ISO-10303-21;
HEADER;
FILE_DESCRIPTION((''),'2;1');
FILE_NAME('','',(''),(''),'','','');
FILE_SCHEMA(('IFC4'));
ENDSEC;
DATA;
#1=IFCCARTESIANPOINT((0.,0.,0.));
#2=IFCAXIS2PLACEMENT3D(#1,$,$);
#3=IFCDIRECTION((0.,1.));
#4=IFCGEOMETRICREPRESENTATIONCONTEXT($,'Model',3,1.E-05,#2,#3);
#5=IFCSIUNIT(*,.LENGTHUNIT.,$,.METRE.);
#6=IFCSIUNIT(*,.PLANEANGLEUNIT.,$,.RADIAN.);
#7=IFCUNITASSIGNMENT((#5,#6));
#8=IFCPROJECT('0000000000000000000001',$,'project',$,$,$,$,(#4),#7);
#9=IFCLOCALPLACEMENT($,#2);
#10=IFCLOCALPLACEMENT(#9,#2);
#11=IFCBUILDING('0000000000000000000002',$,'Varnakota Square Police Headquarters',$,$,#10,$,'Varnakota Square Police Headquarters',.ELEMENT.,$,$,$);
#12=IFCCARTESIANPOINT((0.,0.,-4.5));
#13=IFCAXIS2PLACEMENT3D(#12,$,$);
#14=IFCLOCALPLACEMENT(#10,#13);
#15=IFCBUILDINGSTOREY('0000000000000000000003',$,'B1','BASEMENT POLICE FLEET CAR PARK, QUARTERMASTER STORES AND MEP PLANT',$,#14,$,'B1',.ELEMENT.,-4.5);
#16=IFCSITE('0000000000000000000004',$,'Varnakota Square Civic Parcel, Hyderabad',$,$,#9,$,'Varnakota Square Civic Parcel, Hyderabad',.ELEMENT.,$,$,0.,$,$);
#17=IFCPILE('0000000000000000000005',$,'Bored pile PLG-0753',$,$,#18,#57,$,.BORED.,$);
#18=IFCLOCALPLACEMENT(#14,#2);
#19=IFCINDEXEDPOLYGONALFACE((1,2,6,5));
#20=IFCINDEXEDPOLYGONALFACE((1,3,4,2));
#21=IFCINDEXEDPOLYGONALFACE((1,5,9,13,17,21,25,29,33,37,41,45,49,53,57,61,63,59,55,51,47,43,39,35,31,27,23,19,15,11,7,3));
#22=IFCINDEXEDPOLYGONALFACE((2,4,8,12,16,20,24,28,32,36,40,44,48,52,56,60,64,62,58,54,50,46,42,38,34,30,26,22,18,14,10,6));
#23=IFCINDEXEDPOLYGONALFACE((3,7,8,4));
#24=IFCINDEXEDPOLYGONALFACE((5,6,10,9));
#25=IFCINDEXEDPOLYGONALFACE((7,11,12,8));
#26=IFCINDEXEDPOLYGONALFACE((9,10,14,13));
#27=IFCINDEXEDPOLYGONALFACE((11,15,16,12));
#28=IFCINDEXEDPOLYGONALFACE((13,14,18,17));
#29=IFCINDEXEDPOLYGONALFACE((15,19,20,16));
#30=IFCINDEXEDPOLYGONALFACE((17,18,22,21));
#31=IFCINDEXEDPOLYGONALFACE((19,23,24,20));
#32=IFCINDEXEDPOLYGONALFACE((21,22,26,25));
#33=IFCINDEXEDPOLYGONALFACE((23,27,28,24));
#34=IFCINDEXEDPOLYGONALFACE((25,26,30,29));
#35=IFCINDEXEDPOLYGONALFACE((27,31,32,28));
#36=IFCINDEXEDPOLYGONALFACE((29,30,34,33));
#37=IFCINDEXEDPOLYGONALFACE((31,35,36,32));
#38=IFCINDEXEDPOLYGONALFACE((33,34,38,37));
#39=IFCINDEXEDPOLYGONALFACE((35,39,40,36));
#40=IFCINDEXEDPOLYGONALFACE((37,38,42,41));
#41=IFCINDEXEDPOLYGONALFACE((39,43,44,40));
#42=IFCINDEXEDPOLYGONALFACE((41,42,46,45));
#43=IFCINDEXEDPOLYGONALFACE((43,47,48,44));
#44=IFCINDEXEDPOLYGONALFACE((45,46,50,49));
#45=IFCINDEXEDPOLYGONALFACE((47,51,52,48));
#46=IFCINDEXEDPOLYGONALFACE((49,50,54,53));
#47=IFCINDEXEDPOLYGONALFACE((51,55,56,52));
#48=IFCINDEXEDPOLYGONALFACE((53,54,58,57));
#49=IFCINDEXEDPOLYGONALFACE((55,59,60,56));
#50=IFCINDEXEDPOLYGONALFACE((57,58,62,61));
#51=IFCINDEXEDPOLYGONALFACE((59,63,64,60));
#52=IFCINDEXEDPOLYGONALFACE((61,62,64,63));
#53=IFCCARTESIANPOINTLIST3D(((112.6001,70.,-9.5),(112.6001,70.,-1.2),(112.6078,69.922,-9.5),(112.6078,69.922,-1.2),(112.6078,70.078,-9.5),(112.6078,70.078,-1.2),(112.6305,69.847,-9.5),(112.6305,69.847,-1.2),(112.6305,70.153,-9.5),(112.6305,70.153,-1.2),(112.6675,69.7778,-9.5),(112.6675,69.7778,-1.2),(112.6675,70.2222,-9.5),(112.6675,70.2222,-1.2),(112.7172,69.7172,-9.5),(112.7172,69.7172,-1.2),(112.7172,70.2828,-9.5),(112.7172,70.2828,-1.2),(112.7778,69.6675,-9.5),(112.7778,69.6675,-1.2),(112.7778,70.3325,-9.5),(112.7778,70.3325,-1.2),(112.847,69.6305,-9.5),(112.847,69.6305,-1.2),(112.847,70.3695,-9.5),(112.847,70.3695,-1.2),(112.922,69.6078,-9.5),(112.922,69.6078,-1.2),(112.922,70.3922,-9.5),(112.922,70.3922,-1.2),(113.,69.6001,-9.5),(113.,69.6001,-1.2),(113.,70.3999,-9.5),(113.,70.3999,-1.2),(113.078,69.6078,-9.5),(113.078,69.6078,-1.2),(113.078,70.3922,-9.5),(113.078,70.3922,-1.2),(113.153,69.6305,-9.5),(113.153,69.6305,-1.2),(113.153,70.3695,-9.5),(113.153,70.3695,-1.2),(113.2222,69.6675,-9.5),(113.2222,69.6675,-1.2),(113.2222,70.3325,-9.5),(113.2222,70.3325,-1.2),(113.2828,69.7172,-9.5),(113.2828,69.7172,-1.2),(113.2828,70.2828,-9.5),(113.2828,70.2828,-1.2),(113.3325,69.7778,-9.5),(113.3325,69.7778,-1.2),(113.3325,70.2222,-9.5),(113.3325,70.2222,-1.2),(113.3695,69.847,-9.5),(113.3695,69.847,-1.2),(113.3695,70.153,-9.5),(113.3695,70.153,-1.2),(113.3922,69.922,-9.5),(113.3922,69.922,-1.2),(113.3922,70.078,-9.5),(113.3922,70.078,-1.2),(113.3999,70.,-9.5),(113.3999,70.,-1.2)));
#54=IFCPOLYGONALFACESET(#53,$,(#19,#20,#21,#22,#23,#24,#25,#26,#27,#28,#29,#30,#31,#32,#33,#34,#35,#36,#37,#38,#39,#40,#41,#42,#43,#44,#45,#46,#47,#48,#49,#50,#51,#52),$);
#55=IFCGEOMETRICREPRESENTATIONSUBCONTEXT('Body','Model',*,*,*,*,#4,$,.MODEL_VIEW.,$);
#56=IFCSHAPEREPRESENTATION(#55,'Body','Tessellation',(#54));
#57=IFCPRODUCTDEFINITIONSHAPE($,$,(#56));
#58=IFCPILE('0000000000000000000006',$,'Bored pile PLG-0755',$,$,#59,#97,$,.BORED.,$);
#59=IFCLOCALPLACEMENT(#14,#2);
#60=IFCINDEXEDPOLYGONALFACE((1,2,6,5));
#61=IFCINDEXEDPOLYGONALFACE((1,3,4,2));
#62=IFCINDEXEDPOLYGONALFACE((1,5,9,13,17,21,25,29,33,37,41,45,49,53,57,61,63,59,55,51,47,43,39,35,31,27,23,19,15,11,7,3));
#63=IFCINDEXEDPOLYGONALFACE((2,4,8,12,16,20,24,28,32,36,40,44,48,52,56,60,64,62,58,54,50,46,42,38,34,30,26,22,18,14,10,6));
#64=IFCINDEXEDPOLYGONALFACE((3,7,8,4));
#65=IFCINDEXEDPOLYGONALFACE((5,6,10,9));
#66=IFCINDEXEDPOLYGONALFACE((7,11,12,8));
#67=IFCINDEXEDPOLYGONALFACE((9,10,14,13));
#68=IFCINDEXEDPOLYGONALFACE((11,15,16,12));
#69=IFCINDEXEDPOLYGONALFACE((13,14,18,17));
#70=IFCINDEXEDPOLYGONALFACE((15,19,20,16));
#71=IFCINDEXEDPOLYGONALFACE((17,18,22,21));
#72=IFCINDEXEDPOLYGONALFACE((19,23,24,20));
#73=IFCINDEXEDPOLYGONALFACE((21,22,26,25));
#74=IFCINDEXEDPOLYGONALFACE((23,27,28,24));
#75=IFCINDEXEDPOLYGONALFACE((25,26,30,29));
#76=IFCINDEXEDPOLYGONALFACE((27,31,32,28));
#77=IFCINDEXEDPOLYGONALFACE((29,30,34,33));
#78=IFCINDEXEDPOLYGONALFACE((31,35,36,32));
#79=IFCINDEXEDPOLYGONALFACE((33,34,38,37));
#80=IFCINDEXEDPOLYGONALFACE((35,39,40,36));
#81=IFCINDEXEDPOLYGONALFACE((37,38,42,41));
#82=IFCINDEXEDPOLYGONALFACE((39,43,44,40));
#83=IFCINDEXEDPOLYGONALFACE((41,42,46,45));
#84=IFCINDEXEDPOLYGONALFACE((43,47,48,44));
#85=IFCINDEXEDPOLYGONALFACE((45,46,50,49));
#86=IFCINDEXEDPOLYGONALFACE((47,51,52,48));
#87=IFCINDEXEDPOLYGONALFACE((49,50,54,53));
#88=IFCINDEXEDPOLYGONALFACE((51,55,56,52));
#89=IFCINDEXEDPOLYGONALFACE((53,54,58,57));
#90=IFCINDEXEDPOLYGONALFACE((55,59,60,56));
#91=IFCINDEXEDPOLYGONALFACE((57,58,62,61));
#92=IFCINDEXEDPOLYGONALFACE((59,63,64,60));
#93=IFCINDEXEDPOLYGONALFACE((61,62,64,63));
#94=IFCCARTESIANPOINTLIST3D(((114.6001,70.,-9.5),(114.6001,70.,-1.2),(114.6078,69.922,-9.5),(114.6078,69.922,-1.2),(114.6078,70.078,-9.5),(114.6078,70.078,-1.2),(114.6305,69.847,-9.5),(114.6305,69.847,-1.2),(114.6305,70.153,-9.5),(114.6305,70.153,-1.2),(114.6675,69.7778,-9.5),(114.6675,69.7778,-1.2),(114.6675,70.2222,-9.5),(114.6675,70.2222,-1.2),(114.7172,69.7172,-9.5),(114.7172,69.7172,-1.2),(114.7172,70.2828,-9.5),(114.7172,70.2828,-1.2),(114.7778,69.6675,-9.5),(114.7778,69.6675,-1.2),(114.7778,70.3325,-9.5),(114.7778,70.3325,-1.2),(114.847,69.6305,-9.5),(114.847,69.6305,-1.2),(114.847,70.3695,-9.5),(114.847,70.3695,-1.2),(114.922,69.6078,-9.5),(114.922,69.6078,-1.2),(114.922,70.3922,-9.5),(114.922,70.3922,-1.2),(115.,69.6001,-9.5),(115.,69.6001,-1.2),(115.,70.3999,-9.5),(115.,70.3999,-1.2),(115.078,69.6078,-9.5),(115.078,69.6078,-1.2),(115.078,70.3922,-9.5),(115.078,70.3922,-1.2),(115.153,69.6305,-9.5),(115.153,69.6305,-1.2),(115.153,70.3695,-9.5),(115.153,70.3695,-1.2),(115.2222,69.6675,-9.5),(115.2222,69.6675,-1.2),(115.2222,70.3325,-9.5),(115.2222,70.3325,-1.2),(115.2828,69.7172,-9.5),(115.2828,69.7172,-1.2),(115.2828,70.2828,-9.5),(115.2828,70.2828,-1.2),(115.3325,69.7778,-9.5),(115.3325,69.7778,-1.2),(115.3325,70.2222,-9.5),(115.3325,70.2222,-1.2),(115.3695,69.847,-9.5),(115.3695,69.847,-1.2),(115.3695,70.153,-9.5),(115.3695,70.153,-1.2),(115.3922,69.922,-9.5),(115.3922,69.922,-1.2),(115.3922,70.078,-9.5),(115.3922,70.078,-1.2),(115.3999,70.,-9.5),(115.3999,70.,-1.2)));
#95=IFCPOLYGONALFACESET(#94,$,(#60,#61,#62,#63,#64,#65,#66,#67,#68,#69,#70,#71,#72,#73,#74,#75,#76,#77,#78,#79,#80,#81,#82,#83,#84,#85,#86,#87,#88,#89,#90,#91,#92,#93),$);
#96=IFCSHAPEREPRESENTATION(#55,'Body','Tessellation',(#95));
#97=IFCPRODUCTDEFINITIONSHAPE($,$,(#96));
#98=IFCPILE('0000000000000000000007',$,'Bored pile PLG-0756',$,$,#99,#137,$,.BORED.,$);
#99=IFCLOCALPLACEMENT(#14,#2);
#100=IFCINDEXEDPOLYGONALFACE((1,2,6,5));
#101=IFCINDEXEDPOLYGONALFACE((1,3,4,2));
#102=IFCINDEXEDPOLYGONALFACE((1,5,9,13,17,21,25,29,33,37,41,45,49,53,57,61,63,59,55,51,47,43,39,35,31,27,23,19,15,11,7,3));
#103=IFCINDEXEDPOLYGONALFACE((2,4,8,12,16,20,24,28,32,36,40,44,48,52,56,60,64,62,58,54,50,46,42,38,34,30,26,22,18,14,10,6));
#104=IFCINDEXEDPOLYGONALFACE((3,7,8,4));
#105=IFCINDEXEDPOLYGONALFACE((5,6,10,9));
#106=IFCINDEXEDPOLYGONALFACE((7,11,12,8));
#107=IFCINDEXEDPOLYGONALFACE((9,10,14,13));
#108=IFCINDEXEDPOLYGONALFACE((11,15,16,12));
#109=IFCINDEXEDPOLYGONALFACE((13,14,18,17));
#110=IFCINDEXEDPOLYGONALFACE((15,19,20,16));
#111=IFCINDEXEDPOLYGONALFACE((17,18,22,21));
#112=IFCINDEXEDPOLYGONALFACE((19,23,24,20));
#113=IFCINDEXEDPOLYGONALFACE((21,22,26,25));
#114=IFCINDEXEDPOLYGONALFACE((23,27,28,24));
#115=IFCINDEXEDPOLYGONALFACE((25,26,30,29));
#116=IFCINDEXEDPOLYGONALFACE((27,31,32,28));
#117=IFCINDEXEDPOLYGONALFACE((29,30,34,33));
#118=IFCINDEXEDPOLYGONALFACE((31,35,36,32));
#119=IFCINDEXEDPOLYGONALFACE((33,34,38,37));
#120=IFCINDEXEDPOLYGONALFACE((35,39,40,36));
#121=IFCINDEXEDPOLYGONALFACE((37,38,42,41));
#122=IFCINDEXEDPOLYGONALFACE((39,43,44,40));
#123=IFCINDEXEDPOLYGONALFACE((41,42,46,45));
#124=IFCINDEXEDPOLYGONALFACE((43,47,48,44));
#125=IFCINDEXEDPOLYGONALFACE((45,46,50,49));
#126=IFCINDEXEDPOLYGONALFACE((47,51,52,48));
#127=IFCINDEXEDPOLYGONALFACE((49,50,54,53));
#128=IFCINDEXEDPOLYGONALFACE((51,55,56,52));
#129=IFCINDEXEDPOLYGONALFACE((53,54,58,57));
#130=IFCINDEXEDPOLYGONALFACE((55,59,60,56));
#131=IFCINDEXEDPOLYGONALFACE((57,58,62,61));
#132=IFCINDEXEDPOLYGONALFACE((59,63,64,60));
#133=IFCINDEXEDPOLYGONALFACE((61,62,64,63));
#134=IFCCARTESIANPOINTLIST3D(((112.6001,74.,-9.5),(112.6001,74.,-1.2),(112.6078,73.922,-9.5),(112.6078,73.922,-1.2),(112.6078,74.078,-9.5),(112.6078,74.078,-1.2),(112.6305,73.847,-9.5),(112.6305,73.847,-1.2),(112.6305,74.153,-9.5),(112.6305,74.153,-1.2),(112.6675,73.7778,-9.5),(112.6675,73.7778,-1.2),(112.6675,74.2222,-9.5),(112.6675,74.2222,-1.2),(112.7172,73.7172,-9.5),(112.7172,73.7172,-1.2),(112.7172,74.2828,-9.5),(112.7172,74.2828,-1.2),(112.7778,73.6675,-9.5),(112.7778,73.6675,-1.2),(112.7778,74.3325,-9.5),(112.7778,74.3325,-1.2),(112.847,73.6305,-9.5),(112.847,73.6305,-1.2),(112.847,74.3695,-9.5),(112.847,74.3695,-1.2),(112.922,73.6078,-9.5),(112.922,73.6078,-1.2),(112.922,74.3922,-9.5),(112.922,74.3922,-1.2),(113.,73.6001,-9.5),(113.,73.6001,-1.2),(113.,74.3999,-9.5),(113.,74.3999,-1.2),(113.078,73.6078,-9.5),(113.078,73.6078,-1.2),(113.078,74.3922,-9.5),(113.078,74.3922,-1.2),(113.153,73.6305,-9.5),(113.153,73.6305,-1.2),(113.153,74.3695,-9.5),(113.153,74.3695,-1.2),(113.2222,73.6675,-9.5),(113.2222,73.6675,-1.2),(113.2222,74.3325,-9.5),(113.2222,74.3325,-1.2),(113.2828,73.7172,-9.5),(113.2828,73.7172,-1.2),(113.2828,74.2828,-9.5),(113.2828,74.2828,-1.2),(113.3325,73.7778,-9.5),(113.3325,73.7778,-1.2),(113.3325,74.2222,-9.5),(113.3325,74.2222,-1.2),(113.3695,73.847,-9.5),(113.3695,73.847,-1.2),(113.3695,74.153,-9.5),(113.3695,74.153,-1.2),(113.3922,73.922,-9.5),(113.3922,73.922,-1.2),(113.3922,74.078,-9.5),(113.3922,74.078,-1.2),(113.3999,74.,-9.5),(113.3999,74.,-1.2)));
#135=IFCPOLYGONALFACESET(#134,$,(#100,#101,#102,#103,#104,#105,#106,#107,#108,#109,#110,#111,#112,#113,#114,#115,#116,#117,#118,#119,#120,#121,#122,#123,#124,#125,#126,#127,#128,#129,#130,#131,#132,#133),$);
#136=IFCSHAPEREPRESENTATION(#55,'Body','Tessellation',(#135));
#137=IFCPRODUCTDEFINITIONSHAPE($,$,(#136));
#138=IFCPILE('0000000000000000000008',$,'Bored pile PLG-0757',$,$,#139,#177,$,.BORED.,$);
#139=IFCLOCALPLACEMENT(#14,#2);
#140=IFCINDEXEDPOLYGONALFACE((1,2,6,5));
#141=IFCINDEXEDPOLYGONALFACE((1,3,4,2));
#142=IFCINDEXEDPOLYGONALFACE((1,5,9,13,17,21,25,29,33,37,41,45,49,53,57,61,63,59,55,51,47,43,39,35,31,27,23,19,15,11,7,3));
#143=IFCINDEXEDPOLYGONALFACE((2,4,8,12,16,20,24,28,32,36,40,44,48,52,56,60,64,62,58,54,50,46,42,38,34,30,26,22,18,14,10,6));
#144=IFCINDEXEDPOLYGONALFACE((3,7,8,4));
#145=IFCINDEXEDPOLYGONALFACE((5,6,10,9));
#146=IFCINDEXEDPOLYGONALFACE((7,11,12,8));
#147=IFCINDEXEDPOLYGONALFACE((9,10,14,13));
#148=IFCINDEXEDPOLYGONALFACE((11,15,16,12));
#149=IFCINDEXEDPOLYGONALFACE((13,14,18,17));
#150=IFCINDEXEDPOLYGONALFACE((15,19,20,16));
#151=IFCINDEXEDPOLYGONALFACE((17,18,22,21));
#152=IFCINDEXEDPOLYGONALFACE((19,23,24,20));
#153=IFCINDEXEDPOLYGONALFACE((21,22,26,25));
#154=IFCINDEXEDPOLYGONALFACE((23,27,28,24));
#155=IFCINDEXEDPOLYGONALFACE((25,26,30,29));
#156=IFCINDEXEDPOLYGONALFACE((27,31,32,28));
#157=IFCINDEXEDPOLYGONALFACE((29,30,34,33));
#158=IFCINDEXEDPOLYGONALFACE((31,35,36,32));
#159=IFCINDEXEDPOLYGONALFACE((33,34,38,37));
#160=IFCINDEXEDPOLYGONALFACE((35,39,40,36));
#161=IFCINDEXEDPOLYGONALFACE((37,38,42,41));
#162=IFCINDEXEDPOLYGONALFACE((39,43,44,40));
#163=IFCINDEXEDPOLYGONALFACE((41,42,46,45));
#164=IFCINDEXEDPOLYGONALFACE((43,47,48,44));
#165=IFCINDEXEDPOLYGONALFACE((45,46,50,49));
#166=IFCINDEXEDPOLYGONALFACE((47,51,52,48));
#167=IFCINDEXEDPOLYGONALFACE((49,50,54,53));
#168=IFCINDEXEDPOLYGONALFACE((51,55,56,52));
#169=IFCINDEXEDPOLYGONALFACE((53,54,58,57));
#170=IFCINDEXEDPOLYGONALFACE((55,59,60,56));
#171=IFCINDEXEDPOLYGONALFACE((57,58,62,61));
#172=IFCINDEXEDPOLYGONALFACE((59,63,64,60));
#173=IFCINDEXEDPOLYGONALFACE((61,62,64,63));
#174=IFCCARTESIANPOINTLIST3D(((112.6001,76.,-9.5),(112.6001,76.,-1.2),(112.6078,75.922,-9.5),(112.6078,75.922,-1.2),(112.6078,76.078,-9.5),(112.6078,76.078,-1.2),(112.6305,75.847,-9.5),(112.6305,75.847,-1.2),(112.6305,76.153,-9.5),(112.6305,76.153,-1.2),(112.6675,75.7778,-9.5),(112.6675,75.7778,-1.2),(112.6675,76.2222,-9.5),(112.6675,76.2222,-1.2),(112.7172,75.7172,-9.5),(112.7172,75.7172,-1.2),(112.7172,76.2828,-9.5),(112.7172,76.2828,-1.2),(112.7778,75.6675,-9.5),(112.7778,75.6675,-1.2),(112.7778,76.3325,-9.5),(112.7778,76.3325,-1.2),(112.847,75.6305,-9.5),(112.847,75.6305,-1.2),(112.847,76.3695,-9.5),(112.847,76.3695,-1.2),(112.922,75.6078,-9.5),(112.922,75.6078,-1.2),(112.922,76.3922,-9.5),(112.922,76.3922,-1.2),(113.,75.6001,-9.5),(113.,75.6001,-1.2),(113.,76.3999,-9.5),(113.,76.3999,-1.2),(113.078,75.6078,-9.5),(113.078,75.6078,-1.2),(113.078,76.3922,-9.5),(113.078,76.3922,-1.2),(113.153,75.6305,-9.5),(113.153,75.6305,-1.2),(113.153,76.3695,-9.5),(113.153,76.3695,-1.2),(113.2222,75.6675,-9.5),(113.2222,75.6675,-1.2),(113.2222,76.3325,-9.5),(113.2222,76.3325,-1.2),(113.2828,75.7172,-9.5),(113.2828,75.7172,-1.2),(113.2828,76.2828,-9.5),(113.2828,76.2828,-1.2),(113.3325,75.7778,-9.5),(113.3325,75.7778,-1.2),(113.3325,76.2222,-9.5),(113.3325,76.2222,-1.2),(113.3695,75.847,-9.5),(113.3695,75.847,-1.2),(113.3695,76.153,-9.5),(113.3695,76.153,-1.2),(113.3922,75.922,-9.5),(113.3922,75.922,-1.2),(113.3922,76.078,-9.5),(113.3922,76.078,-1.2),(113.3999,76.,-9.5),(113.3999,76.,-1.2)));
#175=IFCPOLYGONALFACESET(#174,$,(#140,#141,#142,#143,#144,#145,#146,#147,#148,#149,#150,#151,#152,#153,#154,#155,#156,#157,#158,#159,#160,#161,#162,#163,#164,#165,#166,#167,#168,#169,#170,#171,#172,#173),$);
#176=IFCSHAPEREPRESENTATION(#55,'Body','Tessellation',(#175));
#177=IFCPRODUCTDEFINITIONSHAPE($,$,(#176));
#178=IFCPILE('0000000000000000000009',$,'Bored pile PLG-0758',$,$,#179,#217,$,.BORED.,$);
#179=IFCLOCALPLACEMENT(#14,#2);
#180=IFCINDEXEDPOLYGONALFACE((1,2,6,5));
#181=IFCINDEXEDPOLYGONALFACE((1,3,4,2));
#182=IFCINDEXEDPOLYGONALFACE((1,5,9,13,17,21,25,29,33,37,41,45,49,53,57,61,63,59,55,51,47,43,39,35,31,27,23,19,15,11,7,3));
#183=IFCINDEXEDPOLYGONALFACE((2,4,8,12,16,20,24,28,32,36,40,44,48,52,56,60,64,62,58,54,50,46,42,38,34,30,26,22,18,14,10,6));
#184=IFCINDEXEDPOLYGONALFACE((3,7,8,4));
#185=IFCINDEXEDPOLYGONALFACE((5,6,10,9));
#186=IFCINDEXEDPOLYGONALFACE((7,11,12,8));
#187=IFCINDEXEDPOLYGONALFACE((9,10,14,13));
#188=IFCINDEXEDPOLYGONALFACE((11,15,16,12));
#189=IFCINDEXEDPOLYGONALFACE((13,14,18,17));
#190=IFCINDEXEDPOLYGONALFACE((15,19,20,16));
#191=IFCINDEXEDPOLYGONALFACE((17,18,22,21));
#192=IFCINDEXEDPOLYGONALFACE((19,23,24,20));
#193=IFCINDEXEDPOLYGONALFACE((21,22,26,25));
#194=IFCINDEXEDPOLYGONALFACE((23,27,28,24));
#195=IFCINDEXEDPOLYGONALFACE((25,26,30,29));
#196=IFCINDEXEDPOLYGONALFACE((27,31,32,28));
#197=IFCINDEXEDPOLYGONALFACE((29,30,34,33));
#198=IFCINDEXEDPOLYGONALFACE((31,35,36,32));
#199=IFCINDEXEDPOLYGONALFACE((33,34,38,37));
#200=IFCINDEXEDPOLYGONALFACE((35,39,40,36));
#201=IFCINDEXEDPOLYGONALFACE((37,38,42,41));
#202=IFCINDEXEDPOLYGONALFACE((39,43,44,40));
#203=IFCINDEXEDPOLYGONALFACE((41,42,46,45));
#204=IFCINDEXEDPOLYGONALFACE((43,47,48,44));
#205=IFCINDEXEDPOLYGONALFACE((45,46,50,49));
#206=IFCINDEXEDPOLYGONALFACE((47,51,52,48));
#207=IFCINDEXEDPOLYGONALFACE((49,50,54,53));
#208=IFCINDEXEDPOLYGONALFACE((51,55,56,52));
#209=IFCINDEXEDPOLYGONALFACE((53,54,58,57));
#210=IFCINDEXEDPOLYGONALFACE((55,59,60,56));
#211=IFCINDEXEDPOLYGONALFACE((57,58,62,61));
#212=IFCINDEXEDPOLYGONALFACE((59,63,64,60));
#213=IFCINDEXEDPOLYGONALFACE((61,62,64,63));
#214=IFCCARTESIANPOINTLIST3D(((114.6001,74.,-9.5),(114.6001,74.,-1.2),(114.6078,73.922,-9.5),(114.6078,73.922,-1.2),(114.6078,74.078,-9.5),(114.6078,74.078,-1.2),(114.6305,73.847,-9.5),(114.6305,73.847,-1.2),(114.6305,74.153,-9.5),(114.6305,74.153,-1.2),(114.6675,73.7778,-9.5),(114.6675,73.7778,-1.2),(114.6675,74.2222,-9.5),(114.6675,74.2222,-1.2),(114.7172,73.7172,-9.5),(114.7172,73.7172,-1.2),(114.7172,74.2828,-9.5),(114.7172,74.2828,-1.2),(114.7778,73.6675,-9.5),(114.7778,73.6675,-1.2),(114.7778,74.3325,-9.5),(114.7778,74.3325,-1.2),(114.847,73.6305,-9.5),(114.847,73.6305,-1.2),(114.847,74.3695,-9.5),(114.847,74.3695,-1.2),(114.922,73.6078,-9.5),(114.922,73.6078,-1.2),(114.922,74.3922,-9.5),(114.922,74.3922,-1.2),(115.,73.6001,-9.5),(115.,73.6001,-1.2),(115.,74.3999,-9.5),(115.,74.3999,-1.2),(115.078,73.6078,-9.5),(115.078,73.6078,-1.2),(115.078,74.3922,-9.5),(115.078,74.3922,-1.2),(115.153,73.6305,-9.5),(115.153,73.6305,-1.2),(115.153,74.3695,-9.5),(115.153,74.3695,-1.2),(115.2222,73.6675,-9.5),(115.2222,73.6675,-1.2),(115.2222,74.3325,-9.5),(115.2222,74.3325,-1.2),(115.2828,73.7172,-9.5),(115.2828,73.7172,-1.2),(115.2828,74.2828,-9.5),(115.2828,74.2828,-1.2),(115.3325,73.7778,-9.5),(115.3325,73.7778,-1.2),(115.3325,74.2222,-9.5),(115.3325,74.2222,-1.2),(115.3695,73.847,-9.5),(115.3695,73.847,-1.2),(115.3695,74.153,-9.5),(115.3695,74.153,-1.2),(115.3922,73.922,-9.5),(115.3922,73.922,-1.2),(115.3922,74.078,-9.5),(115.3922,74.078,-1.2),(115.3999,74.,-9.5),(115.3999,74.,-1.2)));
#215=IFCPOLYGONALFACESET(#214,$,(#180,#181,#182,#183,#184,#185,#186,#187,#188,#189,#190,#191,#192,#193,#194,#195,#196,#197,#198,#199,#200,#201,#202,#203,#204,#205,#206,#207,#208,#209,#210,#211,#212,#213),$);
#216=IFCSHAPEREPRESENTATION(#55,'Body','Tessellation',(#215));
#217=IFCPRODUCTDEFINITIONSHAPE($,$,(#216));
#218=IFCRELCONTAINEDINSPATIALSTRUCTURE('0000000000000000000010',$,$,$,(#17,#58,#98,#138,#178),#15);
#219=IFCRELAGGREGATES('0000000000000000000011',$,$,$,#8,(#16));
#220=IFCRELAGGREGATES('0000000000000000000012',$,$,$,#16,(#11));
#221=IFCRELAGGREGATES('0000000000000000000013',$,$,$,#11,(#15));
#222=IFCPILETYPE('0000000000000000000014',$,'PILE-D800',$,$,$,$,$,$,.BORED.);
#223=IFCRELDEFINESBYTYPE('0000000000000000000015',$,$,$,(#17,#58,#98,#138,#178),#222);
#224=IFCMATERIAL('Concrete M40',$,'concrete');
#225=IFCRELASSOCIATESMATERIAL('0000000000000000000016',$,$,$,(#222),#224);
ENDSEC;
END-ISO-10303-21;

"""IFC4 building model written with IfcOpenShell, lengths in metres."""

from ifc_helpers import new_model, si_unit, direction, frame, origin, origin_2d, place, context, subcontext, project, spatial, circle, extrude, material, material_profile, profile_set, type_object, element, save


model = new_model("IFC4")

# Units and contexts
model_context = context("Model", 3, precision=1e-05, world=origin(), true_north=direction((0.0, 1.0)))
body_context = subcontext(model_context, "Body", "Model", "MODEL_VIEW")
ifc_project = project(units=[si_unit("LENGTHUNIT", "METRE"), si_unit("PLANEANGLEUNIT", "RADIAN")], contexts=[model_context])

# Site, building, storey
site_placement = place(None, origin())
site = spatial("IfcSite", under=ifc_project, at=site_placement, Name="Varnakota Square Civic Parcel, Hyderabad", LongName="Varnakota Square Civic Parcel, Hyderabad", CompositionType="ELEMENT", RefElevation=0.0)
building_placement = place(site_placement, origin())
building = spatial("IfcBuilding", under=site, at=building_placement, Name="Varnakota Square Police Headquarters", LongName="Varnakota Square Police Headquarters", CompositionType="ELEMENT")
storey_placement = place(building_placement, frame((0.0, 0.0, -4.5)))
storey = spatial("IfcBuildingStorey", under=building, at=storey_placement, Name="B1", Description="BASEMENT POLICE FLEET CAR PARK, QUARTERMASTER STORES AND MEP PLANT", LongName="B1", CompositionType="ELEMENT", Elevation=-4.5)

# Shared definitions
ifc_material_1 = material(Name="Concrete M40", Category="concrete")

# Piles
ifc_material_profile_1 = material_profile(ifc_material_1, circle(Radius=0.3999, at=origin_2d()), Name="BORED PILE 800")
ifc_profile_set_1 = profile_set([ifc_material_profile_1], Name="Concrete M40")
pile_type = type_object("IfcPileType", Name="PILE-D800", PredefinedType="BORED", material=ifc_profile_set_1)
for number, where, z_axis, x_axis, name in (
    (1, (113.0, 70.0, -1.2), (0.0, 0.0, -1.0), (1.0, 0.0, 0.0), "Bored pile PLG-0753"),
    (2, (115.0, 70.0, -1.2), (0.0, 0.0, -1.0), (1.0, 0.0, 0.0), "Bored pile PLG-0755"),
    (3, (113.0, 74.0, -1.2), (0.0, 0.0, -1.0), (1.0, 0.0, 0.0), "Bored pile PLG-0756"),
    (4, (113.0, 76.0, -1.2), (0.0, 0.0, -1.0), (1.0, 0.0, 0.0), "Bored pile PLG-0757"),
    (5, (115.0, 74.0, -1.2), (0.0, 0.0, -1.0), (1.0, 0.0, 0.0), "Bored pile PLG-0758"),
):
    element("IfcPile", number, at=place(storey_placement, frame(where, z_axis=z_axis, x_axis=x_axis)), inside=storey, type_object=pile_type, Name=name, PredefinedType="BORED", context=body_context, shape_type="SweptSolid", body=[
        extrude(circle(Radius=0.3999, at=origin_2d()), origin(), (0.0, 0.0, 1.0), 8.3),
    ])

save(model, "model.ifc")
